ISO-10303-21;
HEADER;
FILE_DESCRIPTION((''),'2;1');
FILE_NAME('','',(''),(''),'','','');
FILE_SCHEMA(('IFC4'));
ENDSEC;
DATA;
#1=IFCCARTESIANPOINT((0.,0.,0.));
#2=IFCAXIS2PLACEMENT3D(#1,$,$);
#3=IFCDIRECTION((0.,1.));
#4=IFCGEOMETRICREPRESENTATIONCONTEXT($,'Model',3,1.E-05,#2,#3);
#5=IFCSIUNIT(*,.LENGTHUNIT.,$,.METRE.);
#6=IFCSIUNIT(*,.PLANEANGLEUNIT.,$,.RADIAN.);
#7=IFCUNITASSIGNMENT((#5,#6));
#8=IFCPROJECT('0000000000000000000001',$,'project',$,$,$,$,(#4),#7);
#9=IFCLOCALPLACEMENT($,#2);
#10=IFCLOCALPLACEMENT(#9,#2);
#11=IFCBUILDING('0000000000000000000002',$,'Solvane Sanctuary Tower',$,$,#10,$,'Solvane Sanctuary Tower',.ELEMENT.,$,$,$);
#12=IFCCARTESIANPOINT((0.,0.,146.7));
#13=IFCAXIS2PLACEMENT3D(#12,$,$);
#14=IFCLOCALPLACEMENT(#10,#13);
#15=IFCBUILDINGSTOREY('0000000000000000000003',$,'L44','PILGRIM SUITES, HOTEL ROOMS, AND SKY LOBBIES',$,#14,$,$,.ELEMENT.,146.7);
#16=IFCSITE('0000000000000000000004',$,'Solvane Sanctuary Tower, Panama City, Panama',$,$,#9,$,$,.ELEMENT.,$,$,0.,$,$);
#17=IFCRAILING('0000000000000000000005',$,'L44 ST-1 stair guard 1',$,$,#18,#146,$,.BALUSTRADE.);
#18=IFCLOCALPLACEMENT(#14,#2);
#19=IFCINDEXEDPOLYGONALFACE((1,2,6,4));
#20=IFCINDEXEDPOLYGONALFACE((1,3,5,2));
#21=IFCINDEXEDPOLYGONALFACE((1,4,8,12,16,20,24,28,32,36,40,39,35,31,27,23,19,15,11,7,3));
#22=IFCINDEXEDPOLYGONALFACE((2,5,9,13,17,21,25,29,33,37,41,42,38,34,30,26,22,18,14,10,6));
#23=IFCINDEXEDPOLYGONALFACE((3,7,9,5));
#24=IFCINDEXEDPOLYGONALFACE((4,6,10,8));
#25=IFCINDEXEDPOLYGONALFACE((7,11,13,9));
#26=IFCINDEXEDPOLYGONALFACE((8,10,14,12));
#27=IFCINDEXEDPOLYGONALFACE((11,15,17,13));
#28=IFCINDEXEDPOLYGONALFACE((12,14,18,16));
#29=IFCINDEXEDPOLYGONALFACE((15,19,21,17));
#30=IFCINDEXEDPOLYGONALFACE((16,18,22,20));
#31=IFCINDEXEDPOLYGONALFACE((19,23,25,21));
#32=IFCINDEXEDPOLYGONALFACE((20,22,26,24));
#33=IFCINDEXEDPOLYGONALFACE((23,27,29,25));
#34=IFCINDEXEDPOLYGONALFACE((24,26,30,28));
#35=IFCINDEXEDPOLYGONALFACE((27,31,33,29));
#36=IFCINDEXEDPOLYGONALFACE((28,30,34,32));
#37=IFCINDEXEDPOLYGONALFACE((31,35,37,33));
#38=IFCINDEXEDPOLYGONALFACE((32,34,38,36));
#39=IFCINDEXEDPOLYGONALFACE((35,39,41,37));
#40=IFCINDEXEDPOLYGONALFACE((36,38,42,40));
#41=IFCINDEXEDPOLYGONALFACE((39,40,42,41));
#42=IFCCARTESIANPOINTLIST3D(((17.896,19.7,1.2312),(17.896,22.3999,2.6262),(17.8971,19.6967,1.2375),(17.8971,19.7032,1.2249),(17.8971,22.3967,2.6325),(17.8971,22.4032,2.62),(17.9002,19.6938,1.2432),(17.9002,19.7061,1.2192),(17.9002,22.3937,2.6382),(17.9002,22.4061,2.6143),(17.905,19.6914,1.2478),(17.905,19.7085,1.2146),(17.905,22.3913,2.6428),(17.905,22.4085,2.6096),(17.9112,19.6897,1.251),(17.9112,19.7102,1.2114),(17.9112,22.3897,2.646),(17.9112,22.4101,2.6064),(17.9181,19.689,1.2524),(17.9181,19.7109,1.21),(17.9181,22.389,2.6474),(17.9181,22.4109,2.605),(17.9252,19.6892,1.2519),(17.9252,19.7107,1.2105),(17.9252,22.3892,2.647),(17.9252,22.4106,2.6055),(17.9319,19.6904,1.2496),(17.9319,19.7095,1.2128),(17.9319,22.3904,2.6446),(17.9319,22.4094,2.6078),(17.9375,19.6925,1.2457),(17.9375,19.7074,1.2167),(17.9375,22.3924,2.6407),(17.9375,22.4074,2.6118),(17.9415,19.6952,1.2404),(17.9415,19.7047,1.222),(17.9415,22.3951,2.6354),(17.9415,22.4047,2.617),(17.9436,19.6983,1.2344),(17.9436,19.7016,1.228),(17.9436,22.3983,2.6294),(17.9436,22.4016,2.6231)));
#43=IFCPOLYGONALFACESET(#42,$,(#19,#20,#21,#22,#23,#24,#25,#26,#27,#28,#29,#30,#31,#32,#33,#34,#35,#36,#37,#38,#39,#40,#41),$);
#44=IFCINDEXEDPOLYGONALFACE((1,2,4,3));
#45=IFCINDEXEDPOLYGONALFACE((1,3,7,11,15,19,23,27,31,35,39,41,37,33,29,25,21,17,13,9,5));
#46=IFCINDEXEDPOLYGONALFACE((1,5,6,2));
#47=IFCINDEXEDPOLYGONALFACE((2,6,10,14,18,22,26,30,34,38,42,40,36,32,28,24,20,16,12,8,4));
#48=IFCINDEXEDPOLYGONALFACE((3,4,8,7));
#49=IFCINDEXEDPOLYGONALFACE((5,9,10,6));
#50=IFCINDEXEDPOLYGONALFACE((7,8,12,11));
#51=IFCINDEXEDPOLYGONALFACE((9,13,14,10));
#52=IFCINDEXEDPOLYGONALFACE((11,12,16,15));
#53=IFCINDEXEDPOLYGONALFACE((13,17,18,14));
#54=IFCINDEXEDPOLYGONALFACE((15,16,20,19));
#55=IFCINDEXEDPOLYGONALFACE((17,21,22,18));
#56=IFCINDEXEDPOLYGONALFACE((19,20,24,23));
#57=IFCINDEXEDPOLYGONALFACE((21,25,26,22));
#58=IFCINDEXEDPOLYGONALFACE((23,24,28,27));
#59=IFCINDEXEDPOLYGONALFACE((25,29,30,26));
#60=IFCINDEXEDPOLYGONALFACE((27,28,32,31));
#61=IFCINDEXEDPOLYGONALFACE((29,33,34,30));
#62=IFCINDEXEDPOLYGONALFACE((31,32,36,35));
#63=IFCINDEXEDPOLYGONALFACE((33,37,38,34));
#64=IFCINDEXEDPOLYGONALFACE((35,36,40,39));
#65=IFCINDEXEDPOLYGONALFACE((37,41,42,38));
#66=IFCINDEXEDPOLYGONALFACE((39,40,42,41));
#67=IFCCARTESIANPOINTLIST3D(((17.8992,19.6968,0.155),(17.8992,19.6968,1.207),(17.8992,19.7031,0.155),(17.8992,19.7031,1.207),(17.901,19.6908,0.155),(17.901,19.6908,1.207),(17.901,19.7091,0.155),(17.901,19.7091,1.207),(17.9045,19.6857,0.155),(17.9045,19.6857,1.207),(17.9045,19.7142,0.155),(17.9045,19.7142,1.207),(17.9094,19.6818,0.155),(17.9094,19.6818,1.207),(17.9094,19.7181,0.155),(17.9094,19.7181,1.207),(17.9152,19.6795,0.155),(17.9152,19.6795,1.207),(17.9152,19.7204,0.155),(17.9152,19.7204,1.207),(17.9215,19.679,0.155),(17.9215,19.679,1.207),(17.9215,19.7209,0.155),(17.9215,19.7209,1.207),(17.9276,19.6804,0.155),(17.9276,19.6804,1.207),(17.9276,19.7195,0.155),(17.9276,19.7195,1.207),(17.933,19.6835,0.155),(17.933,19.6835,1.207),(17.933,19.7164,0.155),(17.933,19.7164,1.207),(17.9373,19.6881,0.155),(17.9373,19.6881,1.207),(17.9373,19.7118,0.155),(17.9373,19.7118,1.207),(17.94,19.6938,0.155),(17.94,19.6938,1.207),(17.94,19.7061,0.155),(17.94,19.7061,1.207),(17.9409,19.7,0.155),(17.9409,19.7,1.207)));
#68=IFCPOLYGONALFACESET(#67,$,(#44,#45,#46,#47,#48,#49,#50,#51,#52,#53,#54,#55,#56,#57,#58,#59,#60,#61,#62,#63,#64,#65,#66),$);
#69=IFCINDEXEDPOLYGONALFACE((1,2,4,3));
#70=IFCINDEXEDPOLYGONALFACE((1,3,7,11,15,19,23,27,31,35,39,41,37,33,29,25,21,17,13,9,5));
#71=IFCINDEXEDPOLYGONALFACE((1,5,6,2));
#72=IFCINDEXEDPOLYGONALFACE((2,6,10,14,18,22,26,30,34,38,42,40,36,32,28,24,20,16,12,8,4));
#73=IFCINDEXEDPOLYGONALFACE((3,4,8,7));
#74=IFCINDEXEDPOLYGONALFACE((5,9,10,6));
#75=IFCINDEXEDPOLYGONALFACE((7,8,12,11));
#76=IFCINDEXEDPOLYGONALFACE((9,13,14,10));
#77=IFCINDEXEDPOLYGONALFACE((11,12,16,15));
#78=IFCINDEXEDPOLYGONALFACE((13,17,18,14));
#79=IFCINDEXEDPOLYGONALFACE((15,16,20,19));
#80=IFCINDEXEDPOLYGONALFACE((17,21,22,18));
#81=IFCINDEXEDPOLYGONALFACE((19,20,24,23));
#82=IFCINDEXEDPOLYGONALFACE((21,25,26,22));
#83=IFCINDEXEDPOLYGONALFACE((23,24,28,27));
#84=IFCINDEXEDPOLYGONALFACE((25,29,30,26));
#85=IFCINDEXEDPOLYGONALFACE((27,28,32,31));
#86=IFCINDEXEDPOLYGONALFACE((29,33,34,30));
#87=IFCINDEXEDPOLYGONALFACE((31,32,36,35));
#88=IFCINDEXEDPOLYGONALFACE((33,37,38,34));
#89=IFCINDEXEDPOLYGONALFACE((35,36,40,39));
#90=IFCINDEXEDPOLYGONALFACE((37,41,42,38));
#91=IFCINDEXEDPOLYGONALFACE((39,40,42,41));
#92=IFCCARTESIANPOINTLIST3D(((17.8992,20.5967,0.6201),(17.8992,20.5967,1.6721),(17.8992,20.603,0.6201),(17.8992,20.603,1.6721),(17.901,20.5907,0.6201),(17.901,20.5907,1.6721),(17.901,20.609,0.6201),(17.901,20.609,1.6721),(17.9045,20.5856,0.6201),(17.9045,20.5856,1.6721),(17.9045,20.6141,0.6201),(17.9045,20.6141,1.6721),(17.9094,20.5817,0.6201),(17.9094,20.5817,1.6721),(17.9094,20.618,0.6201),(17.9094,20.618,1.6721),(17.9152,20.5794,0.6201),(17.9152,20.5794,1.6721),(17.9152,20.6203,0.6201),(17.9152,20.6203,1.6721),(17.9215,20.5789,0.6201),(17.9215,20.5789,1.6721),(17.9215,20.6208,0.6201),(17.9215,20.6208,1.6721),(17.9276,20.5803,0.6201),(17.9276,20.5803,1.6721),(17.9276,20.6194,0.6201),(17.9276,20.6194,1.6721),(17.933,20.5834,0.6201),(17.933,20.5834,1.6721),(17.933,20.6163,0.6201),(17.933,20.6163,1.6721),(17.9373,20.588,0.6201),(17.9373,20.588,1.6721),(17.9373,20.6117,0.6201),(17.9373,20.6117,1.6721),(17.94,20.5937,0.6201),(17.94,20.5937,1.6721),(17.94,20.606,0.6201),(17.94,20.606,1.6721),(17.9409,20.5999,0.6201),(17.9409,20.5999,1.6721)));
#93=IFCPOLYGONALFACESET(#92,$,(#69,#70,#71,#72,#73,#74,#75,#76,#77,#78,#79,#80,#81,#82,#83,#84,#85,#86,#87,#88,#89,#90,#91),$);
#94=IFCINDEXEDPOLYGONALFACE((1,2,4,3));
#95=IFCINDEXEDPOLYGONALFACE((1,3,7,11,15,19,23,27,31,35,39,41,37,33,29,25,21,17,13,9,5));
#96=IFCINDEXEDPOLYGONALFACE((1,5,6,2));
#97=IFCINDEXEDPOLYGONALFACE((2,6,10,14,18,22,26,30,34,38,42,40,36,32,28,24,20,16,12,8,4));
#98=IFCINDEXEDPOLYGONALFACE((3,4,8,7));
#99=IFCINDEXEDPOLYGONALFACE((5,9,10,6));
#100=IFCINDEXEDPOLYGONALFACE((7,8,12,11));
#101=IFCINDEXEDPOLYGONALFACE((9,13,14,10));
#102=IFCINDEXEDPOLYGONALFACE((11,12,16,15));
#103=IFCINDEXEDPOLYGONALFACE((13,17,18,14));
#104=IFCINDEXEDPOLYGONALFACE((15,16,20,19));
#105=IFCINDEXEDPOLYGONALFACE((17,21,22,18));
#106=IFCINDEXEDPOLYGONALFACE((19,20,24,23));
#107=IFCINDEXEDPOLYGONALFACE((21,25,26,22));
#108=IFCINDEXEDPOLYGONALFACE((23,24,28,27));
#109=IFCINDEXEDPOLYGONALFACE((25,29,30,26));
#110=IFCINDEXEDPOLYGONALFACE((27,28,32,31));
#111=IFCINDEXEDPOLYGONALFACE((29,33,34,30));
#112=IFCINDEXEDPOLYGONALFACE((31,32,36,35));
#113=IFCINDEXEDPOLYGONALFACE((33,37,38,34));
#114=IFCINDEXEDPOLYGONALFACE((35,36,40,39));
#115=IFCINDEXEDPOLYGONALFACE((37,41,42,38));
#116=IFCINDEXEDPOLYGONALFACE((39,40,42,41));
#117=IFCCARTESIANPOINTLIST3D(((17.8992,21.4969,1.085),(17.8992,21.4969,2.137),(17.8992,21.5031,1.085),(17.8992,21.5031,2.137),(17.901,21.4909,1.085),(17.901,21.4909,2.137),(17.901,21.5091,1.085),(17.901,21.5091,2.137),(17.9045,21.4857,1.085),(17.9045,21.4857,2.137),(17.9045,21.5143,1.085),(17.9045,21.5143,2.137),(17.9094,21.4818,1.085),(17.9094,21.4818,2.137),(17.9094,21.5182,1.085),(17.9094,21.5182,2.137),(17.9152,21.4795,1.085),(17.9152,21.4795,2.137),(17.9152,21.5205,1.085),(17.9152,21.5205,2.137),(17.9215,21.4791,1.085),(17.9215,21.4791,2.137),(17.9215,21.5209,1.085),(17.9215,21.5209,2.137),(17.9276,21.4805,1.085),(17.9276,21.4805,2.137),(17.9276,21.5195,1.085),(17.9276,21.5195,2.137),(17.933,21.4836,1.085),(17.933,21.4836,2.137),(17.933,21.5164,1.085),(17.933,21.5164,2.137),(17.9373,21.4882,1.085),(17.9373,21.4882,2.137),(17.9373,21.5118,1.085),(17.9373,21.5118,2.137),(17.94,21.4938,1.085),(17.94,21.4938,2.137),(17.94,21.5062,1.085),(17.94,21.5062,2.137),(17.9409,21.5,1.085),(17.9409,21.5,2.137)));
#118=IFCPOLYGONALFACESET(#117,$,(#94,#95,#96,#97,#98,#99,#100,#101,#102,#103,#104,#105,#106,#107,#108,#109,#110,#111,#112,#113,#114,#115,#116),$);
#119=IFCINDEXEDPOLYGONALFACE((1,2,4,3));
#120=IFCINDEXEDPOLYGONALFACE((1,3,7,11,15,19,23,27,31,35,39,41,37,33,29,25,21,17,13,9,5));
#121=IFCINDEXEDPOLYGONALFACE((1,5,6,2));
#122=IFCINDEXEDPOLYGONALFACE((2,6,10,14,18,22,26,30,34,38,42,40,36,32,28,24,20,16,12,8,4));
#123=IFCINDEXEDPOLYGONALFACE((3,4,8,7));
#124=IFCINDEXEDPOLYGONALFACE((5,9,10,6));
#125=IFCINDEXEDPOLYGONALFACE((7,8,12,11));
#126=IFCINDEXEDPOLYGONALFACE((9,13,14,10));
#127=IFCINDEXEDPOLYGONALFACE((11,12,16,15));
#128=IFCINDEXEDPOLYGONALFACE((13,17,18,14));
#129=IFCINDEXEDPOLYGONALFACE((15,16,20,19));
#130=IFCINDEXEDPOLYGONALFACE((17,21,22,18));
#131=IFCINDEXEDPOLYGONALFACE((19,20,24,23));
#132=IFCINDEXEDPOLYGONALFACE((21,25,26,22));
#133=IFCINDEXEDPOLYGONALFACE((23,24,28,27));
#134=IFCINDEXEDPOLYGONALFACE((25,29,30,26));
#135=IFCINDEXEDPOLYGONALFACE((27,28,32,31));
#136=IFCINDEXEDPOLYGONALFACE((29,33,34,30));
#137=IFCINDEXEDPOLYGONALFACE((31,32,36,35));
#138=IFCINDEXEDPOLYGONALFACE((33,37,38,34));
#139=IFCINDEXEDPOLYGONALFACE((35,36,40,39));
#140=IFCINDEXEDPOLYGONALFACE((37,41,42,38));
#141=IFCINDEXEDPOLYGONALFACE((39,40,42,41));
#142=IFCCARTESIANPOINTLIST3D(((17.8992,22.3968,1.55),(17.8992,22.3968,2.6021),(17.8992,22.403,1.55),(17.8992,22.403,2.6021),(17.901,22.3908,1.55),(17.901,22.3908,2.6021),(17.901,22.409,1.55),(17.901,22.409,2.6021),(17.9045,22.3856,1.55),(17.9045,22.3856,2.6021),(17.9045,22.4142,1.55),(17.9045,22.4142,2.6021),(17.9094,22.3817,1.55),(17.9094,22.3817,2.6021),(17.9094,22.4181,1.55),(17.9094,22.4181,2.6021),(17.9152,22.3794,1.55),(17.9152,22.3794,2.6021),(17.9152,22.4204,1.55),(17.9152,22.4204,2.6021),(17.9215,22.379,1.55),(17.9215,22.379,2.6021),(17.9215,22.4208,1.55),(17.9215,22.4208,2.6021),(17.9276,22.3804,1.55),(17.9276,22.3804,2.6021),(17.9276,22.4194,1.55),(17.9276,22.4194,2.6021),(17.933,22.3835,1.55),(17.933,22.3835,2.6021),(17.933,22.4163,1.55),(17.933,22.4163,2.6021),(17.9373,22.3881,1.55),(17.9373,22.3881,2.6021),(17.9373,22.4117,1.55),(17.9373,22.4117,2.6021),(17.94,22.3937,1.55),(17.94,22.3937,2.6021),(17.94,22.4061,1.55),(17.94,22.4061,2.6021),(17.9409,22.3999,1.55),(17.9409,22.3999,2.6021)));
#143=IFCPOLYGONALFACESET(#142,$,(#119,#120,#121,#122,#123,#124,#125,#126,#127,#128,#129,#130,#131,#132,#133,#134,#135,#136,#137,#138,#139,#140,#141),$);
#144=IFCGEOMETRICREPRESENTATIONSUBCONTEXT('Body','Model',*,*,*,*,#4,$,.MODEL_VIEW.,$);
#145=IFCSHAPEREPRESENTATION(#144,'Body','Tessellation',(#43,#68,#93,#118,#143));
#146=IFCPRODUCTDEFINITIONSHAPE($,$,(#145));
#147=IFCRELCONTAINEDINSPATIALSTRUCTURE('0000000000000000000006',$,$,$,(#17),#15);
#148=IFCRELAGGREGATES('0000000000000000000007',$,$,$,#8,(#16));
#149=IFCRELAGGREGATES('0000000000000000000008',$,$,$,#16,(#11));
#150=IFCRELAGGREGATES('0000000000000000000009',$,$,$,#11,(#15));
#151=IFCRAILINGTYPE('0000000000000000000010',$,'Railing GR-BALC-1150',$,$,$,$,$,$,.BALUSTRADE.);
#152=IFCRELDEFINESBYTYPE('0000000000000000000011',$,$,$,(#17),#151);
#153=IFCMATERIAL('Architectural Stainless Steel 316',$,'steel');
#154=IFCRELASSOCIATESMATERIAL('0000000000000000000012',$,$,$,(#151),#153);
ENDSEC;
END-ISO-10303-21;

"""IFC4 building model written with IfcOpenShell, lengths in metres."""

from ifc_helpers import new_model, si_unit, direction, frame, origin, origin_2d, place, context, subcontext, project, spatial, circle, extrude, material, type_object, element, save


model = new_model("IFC4")

# Units and contexts
model_context = context("Model", 3, precision=1e-05, world=origin(), true_north=direction((0.0, 1.0)))
body_context = subcontext(model_context, "Body", "Model", "MODEL_VIEW")
ifc_project = project(units=[si_unit("LENGTHUNIT", "METRE"), si_unit("PLANEANGLEUNIT", "RADIAN")], contexts=[model_context])

# Site, building, storey
site_placement = place(None, origin())
site = spatial("IfcSite", under=ifc_project, at=site_placement, Name="Solvane Sanctuary Tower, Panama City, Panama", CompositionType="ELEMENT", RefElevation=0.0)
building_placement = place(site_placement, origin())
building = spatial("IfcBuilding", under=site, at=building_placement, Name="Solvane Sanctuary Tower", LongName="Solvane Sanctuary Tower", CompositionType="ELEMENT")
storey_placement = place(building_placement, frame((0.0, 0.0, 146.7)))
storey = spatial("IfcBuildingStorey", under=building, at=storey_placement, Name="L44", Description="PILGRIM SUITES, HOTEL ROOMS, AND SKY LOBBIES", CompositionType="ELEMENT", Elevation=146.7)

# Shared definitions
ifc_material_1 = material(Name="Architectural Stainless Steel 316", Category="steel")

# Railing
railing_type_1 = type_object("IfcRailingType", Name="Railing GR-BALC-1150", PredefinedType="BALUSTRADE", material=ifc_material_1)
railing_1_placement = place(storey_placement, frame((17.9199, 19.7, 0.155)))
element("IfcRailing", 1, at=railing_1_placement, inside=storey, type_object=railing_type_1, Name="L44 ST-1 stair guard 1", PredefinedType="BALUSTRADE", context=body_context, shape_type="SweptSolid", body=[
    extrude(circle(Radius=0.0239, at=origin_2d()), frame((0.0, 0.0, 1.0762), z_axis=(0.0, 0.88842, 0.459032), x_axis=(-1.0, 0.0, 0.0)), (0.0, 0.0, 1.0), 3.0391),
    extrude(circle(Radius=0.021, at=origin_2d()), origin(), (0.0, 0.0, 1.0), 1.052),
    extrude(circle(Radius=0.021, at=origin_2d()), frame((0.0, 0.8999, 0.4651)), (0.0, 0.0, 1.0), 1.052),
    extrude(circle(Radius=0.021, at=origin_2d()), frame((0.0, 1.8, 0.9299)), (0.0, 0.0, 1.0), 1.052),
    extrude(circle(Radius=0.021, at=origin_2d()), frame((0.0, 2.7, 1.395)), (0.0, 0.0, 1.0), 1.052),
])

save(model, "model.ifc")
